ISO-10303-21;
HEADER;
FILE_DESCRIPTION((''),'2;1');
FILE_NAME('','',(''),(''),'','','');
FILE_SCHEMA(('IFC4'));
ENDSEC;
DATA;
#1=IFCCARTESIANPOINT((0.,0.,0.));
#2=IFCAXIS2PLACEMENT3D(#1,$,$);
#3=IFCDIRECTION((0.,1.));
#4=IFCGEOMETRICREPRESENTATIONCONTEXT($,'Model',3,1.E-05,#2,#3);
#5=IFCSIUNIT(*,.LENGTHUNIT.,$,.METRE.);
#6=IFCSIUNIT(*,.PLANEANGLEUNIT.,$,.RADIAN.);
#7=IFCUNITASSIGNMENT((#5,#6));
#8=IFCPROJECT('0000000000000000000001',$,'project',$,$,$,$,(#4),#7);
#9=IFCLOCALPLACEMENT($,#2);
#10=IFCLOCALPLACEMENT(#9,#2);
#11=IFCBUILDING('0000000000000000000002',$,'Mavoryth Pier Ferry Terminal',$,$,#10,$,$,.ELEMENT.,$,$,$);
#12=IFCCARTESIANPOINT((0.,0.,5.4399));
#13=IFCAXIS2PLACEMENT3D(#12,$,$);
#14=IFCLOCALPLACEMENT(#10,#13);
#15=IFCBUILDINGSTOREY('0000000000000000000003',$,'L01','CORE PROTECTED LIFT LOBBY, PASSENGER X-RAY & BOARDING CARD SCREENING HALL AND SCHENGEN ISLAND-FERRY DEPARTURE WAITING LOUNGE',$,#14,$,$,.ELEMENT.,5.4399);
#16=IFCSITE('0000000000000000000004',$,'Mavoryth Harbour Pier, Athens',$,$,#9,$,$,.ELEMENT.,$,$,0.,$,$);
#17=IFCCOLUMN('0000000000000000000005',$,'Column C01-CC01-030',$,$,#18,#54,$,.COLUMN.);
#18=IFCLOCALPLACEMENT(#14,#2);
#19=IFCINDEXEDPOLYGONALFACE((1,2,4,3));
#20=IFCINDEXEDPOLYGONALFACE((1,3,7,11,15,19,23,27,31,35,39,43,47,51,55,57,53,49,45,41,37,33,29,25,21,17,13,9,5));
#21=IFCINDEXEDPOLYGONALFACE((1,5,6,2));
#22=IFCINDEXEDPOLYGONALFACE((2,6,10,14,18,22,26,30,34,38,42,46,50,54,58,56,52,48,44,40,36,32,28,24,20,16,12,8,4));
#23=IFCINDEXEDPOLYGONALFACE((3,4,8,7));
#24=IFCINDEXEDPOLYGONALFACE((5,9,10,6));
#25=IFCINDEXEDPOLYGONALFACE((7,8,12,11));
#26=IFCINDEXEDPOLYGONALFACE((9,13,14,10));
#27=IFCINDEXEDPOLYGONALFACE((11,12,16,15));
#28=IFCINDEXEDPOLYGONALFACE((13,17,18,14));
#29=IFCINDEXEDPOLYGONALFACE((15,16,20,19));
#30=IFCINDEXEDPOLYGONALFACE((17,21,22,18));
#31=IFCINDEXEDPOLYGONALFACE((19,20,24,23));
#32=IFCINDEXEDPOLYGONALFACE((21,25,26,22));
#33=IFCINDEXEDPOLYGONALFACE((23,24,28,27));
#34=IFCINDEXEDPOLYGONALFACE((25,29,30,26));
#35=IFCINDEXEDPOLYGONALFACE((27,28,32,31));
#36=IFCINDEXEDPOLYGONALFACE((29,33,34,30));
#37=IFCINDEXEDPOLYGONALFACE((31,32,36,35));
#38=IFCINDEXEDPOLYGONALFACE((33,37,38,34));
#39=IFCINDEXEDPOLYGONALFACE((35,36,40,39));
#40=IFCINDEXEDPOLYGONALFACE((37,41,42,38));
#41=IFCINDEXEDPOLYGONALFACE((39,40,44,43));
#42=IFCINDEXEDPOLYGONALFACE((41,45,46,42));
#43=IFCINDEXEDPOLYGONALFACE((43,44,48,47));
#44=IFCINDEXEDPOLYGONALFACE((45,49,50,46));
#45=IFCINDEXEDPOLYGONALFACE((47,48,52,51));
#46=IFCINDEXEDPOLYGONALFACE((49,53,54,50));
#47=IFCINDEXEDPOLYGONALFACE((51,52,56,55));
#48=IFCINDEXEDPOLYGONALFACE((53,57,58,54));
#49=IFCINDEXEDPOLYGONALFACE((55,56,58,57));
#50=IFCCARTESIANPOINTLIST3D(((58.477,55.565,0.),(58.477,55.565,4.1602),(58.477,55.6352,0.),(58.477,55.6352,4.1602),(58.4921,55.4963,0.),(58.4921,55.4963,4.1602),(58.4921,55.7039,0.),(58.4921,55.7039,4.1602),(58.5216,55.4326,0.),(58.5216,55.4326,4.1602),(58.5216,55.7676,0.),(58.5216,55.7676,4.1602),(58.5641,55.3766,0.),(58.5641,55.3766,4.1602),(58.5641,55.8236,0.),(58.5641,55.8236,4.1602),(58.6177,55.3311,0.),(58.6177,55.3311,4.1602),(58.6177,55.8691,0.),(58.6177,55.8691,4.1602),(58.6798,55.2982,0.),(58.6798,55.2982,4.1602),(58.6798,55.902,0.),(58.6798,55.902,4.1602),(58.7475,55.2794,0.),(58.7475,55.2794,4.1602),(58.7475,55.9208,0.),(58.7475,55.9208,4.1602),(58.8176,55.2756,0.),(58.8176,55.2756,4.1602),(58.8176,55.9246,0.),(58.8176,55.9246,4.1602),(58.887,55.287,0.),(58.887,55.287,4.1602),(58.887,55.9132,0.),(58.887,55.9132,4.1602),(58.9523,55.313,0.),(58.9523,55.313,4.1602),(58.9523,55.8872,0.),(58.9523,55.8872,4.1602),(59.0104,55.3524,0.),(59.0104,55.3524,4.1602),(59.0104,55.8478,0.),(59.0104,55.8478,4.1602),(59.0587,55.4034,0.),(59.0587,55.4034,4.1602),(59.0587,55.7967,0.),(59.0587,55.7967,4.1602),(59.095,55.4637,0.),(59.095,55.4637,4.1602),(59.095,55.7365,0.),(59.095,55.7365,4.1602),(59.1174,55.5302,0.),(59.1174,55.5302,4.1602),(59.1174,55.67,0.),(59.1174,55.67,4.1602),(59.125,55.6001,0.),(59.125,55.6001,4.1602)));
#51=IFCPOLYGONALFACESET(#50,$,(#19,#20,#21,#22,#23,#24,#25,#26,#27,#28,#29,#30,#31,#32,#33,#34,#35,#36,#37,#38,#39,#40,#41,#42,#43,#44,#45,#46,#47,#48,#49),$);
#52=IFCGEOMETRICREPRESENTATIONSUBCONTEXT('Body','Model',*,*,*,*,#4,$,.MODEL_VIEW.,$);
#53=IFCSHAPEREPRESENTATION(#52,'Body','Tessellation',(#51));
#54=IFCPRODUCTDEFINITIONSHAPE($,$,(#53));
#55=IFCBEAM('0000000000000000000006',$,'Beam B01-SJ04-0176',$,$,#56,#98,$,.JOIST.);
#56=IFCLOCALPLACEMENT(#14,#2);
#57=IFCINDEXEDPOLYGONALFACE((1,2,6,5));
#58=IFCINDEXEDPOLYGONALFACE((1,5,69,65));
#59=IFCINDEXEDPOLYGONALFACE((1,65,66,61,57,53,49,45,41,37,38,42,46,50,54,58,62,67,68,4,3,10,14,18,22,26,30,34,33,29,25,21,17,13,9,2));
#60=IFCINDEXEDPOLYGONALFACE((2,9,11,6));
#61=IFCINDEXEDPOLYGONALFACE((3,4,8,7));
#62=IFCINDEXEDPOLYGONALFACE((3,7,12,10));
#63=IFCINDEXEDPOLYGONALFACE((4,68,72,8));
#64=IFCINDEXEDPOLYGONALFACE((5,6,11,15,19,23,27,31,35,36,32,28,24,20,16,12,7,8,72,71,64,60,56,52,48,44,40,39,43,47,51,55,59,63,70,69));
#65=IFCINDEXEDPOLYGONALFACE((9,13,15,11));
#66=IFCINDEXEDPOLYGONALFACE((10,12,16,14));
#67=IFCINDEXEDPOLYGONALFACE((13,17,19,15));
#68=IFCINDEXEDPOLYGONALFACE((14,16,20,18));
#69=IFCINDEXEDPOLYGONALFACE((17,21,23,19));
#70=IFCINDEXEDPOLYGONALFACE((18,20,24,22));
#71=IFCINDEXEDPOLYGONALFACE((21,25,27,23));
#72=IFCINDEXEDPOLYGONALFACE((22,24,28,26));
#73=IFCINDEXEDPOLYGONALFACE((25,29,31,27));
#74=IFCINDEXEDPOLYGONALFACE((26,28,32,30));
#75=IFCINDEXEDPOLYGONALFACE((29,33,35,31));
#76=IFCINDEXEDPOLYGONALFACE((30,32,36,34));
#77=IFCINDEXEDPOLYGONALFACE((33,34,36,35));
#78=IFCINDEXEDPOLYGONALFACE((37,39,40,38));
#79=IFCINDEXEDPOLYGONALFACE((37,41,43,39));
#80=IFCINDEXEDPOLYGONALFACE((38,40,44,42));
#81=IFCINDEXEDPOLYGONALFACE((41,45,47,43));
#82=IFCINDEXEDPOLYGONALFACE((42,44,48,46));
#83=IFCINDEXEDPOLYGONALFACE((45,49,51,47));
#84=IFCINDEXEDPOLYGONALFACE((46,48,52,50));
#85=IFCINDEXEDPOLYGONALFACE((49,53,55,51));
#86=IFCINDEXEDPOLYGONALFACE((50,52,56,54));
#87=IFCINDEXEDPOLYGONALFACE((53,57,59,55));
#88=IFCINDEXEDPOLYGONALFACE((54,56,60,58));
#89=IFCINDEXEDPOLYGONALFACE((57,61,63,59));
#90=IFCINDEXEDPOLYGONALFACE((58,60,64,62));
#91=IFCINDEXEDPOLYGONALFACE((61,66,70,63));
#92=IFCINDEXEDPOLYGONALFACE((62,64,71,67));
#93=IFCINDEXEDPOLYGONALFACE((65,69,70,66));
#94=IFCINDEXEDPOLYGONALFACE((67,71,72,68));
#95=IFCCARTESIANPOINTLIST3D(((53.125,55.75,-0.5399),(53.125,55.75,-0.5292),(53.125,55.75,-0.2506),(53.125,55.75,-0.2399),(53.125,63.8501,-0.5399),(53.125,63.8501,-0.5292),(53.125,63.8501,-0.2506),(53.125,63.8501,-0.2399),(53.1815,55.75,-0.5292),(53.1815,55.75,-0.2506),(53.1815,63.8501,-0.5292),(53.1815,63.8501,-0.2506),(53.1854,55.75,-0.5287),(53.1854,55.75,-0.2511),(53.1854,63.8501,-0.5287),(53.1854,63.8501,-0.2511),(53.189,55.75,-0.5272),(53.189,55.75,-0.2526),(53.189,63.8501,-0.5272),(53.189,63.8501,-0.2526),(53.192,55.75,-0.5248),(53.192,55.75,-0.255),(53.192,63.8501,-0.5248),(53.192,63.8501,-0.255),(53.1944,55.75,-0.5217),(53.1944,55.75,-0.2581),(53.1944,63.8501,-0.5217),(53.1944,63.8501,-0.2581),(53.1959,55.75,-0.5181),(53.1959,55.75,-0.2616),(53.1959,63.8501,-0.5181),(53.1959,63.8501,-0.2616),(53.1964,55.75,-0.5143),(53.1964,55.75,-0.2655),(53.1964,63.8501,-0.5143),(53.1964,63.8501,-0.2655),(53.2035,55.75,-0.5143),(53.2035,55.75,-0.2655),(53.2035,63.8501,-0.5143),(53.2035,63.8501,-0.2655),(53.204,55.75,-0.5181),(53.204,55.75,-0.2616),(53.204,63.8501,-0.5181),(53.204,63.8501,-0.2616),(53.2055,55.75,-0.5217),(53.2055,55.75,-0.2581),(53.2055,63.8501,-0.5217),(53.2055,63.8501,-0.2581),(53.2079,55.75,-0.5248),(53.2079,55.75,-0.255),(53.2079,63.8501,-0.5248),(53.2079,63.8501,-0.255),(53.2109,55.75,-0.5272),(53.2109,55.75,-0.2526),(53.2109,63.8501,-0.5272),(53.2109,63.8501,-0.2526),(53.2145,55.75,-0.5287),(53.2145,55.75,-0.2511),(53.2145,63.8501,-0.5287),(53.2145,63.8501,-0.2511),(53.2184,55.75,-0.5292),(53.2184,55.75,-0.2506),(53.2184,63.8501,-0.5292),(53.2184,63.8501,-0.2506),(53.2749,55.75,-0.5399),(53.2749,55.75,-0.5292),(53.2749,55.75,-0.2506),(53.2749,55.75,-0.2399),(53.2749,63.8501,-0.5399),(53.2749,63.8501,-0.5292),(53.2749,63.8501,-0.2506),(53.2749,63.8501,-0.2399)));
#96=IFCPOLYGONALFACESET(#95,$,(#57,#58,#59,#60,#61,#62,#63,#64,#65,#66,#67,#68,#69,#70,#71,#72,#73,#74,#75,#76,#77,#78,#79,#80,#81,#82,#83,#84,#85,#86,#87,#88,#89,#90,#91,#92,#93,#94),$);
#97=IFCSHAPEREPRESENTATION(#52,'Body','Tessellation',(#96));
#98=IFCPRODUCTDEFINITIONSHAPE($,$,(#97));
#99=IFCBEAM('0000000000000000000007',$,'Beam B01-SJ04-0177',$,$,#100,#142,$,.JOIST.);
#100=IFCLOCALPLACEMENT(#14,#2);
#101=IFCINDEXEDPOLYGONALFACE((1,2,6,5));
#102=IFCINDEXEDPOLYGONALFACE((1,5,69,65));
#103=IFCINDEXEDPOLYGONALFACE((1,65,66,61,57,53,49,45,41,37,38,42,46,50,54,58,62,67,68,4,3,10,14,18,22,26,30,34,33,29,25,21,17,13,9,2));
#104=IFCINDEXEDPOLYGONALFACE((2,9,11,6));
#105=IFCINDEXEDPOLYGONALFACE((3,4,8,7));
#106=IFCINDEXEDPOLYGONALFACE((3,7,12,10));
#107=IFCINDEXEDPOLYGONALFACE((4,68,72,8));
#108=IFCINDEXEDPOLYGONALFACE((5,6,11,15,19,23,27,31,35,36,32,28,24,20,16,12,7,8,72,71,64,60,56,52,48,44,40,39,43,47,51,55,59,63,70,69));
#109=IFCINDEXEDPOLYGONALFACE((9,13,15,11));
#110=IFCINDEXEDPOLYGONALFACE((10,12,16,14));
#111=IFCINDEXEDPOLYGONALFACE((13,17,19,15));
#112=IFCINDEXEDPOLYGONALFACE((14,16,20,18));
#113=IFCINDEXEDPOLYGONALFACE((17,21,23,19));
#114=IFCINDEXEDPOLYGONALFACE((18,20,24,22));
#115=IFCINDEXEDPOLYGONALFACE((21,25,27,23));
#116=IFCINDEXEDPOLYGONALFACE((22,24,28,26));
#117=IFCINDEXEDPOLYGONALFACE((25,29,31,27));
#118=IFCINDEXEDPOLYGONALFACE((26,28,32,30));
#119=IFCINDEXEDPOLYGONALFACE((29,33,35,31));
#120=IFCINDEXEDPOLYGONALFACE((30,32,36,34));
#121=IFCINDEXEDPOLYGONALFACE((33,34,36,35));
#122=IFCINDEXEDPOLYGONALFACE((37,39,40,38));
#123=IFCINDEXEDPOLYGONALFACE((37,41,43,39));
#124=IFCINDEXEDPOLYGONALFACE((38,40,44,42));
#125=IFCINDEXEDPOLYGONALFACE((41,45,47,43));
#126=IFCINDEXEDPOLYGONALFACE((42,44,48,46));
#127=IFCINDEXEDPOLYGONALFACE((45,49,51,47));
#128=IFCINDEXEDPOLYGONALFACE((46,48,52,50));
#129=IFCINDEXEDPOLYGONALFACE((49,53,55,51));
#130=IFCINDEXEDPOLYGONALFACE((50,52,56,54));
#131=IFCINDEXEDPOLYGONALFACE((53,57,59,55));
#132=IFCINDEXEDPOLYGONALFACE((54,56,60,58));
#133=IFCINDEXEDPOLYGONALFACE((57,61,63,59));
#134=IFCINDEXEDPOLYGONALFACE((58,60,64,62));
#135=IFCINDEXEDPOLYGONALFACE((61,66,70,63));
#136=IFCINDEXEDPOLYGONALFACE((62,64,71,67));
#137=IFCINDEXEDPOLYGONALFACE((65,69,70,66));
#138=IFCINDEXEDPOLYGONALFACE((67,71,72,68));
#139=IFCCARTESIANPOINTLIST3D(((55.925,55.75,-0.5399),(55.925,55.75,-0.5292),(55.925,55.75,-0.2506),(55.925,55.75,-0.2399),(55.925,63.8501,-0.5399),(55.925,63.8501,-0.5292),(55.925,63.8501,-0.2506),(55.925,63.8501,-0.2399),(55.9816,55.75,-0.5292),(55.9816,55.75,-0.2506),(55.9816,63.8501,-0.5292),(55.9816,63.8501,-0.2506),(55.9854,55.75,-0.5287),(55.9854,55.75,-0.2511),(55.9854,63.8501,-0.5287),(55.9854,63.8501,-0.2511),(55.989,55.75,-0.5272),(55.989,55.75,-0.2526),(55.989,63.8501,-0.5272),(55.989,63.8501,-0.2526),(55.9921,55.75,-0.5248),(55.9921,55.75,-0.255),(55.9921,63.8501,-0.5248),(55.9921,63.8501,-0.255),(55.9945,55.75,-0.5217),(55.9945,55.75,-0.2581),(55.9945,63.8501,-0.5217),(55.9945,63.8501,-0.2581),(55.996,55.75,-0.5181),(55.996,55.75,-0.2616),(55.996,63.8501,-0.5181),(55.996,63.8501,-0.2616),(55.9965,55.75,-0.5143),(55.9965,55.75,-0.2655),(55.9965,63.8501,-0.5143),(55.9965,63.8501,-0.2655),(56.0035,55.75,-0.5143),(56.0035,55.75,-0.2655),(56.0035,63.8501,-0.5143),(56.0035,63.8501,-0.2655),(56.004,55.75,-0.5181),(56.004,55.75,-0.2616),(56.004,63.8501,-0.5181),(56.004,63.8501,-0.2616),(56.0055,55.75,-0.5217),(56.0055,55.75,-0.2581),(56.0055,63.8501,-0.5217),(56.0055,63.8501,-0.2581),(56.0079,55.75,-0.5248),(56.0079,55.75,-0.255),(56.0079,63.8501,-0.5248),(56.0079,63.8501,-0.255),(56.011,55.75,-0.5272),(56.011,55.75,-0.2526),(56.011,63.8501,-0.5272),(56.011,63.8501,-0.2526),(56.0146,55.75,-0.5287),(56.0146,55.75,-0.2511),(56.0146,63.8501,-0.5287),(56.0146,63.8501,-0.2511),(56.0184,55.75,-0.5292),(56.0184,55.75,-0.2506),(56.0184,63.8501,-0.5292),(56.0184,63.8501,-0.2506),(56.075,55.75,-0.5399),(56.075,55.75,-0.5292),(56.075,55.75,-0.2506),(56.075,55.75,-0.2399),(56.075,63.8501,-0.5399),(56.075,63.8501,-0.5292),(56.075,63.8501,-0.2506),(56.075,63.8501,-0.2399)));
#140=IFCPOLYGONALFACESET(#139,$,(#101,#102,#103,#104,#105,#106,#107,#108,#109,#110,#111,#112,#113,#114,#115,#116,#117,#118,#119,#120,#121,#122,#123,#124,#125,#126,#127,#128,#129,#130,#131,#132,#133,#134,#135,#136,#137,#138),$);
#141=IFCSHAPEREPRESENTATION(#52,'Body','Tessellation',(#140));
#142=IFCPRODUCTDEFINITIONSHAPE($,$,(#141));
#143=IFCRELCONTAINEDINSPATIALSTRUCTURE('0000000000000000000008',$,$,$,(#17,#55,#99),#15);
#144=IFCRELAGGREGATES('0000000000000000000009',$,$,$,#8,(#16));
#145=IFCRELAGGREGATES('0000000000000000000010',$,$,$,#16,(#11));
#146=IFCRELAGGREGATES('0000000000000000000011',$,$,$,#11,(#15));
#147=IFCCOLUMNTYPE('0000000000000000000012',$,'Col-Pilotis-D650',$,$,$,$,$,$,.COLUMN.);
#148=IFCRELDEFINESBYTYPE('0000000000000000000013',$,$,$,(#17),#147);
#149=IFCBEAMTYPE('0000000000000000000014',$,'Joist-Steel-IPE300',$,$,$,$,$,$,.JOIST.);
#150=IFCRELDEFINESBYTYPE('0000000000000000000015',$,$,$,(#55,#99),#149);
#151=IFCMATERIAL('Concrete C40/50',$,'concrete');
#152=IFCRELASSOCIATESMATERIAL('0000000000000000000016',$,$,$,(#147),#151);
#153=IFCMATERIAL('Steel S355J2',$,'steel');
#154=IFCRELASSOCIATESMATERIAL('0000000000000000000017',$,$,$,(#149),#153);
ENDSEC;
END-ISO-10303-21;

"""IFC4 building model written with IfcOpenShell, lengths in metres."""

from ifc_helpers import new_model, si_unit, direction, frame, origin, origin_2d, place, context, subcontext, project, spatial, circle, i_section, extrude, material, material_profile, profile_set, type_object, element, save


model = new_model("IFC4")

# Units and contexts
model_context = context("Model", 3, precision=1e-05, world=origin(), true_north=direction((0.0, 1.0)))
body_context = subcontext(model_context, "Body", "Model", "MODEL_VIEW")
ifc_project = project(units=[si_unit("LENGTHUNIT", "METRE"), si_unit("PLANEANGLEUNIT", "RADIAN")], contexts=[model_context])

# Site, building, storey
site_placement = place(None, origin())
site = spatial("IfcSite", under=ifc_project, at=site_placement, Name="Mavoryth Harbour Pier, Athens", CompositionType="ELEMENT", RefElevation=0.0)
building_placement = place(site_placement, origin())
building = spatial("IfcBuilding", under=site, at=building_placement, Name="Mavoryth Pier Ferry Terminal", CompositionType="ELEMENT")
storey_placement = place(building_placement, frame((0.0, 0.0, 5.4399)))
storey = spatial("IfcBuildingStorey", under=building, at=storey_placement, Name="L01", Description="CORE PROTECTED LIFT LOBBY, PASSENGER X-RAY & BOARDING CARD SCREENING HALL AND SCHENGEN ISLAND-FERRY DEPARTURE WAITING LOUNGE", CompositionType="ELEMENT", Elevation=5.4399)

# Column
ifc_material_1 = material(Name="Concrete C40/50", Category="concrete")
ifc_material_profile_1 = material_profile(ifc_material_1, circle(Radius=0.325, at=origin_2d()), Name="RC D650", Category="concrete")
ifc_profile_set_1 = profile_set([ifc_material_profile_1], Name="Concrete C40/50 - RC D650")
column_type = type_object("IfcColumnType", Name="Col-Pilotis-D650", PredefinedType="COLUMN", material=ifc_profile_set_1)
column_placement = place(storey_placement, frame((58.8, 55.6001, 0.0), z_axis=(0.0, 0.0, 1.0), x_axis=(1.0, 0.0, 0.0)))
element("IfcColumn", 1, at=column_placement, inside=storey, type_object=column_type, Name="Column C01-CC01-030", PredefinedType="COLUMN", context=body_context, shape_type="SweptSolid", body=[
    extrude(circle(Radius=0.325, at=origin_2d()), origin(), (0.0, 0.0, 1.0), 4.1602),
])

# Beams
ifc_material_2 = material(Name="Steel S355J2", Category="steel")
ifc_material_profile_2 = material_profile(ifc_material_2, i_section(OverallWidth=0.1499, OverallDepth=0.3, WebThickness=0.0071, FlangeThickness=0.0107, FilletRadius=0.0149, at=origin_2d()), Name="IPE 300", Category="steel")
ifc_profile_set_2 = profile_set([ifc_material_profile_2], Name="Steel S355J2 - IPE 300")
beam_type_1 = type_object("IfcBeamType", Name="Joist-Steel-IPE300", PredefinedType="JOIST", material=ifc_profile_set_2)
for number, where, z_axis, x_axis, name in (
    (2, (53.2, 55.75, -0.3899), (0.0, 1.0, 0.0), (-1.0, 0.0, 0.0), "Beam B01-SJ04-0176"),
    (3, (56.0, 55.75, -0.3899), (0.0, 1.0, 0.0), (-1.0, 0.0, 0.0), "Beam B01-SJ04-0177"),
):
    element("IfcBeam", number, at=place(storey_placement, frame(where, z_axis=z_axis, x_axis=x_axis)), inside=storey, type_object=beam_type_1, Name=name, PredefinedType="JOIST", context=body_context, shape_type="SweptSolid", body=[
        extrude(i_section(OverallWidth=0.1499, OverallDepth=0.3, WebThickness=0.0071, FlangeThickness=0.0107, FilletRadius=0.0149, at=origin_2d()), origin(), (0.0, 0.0, 1.0), 8.1001),
    ])

save(model, "model.ifc")
